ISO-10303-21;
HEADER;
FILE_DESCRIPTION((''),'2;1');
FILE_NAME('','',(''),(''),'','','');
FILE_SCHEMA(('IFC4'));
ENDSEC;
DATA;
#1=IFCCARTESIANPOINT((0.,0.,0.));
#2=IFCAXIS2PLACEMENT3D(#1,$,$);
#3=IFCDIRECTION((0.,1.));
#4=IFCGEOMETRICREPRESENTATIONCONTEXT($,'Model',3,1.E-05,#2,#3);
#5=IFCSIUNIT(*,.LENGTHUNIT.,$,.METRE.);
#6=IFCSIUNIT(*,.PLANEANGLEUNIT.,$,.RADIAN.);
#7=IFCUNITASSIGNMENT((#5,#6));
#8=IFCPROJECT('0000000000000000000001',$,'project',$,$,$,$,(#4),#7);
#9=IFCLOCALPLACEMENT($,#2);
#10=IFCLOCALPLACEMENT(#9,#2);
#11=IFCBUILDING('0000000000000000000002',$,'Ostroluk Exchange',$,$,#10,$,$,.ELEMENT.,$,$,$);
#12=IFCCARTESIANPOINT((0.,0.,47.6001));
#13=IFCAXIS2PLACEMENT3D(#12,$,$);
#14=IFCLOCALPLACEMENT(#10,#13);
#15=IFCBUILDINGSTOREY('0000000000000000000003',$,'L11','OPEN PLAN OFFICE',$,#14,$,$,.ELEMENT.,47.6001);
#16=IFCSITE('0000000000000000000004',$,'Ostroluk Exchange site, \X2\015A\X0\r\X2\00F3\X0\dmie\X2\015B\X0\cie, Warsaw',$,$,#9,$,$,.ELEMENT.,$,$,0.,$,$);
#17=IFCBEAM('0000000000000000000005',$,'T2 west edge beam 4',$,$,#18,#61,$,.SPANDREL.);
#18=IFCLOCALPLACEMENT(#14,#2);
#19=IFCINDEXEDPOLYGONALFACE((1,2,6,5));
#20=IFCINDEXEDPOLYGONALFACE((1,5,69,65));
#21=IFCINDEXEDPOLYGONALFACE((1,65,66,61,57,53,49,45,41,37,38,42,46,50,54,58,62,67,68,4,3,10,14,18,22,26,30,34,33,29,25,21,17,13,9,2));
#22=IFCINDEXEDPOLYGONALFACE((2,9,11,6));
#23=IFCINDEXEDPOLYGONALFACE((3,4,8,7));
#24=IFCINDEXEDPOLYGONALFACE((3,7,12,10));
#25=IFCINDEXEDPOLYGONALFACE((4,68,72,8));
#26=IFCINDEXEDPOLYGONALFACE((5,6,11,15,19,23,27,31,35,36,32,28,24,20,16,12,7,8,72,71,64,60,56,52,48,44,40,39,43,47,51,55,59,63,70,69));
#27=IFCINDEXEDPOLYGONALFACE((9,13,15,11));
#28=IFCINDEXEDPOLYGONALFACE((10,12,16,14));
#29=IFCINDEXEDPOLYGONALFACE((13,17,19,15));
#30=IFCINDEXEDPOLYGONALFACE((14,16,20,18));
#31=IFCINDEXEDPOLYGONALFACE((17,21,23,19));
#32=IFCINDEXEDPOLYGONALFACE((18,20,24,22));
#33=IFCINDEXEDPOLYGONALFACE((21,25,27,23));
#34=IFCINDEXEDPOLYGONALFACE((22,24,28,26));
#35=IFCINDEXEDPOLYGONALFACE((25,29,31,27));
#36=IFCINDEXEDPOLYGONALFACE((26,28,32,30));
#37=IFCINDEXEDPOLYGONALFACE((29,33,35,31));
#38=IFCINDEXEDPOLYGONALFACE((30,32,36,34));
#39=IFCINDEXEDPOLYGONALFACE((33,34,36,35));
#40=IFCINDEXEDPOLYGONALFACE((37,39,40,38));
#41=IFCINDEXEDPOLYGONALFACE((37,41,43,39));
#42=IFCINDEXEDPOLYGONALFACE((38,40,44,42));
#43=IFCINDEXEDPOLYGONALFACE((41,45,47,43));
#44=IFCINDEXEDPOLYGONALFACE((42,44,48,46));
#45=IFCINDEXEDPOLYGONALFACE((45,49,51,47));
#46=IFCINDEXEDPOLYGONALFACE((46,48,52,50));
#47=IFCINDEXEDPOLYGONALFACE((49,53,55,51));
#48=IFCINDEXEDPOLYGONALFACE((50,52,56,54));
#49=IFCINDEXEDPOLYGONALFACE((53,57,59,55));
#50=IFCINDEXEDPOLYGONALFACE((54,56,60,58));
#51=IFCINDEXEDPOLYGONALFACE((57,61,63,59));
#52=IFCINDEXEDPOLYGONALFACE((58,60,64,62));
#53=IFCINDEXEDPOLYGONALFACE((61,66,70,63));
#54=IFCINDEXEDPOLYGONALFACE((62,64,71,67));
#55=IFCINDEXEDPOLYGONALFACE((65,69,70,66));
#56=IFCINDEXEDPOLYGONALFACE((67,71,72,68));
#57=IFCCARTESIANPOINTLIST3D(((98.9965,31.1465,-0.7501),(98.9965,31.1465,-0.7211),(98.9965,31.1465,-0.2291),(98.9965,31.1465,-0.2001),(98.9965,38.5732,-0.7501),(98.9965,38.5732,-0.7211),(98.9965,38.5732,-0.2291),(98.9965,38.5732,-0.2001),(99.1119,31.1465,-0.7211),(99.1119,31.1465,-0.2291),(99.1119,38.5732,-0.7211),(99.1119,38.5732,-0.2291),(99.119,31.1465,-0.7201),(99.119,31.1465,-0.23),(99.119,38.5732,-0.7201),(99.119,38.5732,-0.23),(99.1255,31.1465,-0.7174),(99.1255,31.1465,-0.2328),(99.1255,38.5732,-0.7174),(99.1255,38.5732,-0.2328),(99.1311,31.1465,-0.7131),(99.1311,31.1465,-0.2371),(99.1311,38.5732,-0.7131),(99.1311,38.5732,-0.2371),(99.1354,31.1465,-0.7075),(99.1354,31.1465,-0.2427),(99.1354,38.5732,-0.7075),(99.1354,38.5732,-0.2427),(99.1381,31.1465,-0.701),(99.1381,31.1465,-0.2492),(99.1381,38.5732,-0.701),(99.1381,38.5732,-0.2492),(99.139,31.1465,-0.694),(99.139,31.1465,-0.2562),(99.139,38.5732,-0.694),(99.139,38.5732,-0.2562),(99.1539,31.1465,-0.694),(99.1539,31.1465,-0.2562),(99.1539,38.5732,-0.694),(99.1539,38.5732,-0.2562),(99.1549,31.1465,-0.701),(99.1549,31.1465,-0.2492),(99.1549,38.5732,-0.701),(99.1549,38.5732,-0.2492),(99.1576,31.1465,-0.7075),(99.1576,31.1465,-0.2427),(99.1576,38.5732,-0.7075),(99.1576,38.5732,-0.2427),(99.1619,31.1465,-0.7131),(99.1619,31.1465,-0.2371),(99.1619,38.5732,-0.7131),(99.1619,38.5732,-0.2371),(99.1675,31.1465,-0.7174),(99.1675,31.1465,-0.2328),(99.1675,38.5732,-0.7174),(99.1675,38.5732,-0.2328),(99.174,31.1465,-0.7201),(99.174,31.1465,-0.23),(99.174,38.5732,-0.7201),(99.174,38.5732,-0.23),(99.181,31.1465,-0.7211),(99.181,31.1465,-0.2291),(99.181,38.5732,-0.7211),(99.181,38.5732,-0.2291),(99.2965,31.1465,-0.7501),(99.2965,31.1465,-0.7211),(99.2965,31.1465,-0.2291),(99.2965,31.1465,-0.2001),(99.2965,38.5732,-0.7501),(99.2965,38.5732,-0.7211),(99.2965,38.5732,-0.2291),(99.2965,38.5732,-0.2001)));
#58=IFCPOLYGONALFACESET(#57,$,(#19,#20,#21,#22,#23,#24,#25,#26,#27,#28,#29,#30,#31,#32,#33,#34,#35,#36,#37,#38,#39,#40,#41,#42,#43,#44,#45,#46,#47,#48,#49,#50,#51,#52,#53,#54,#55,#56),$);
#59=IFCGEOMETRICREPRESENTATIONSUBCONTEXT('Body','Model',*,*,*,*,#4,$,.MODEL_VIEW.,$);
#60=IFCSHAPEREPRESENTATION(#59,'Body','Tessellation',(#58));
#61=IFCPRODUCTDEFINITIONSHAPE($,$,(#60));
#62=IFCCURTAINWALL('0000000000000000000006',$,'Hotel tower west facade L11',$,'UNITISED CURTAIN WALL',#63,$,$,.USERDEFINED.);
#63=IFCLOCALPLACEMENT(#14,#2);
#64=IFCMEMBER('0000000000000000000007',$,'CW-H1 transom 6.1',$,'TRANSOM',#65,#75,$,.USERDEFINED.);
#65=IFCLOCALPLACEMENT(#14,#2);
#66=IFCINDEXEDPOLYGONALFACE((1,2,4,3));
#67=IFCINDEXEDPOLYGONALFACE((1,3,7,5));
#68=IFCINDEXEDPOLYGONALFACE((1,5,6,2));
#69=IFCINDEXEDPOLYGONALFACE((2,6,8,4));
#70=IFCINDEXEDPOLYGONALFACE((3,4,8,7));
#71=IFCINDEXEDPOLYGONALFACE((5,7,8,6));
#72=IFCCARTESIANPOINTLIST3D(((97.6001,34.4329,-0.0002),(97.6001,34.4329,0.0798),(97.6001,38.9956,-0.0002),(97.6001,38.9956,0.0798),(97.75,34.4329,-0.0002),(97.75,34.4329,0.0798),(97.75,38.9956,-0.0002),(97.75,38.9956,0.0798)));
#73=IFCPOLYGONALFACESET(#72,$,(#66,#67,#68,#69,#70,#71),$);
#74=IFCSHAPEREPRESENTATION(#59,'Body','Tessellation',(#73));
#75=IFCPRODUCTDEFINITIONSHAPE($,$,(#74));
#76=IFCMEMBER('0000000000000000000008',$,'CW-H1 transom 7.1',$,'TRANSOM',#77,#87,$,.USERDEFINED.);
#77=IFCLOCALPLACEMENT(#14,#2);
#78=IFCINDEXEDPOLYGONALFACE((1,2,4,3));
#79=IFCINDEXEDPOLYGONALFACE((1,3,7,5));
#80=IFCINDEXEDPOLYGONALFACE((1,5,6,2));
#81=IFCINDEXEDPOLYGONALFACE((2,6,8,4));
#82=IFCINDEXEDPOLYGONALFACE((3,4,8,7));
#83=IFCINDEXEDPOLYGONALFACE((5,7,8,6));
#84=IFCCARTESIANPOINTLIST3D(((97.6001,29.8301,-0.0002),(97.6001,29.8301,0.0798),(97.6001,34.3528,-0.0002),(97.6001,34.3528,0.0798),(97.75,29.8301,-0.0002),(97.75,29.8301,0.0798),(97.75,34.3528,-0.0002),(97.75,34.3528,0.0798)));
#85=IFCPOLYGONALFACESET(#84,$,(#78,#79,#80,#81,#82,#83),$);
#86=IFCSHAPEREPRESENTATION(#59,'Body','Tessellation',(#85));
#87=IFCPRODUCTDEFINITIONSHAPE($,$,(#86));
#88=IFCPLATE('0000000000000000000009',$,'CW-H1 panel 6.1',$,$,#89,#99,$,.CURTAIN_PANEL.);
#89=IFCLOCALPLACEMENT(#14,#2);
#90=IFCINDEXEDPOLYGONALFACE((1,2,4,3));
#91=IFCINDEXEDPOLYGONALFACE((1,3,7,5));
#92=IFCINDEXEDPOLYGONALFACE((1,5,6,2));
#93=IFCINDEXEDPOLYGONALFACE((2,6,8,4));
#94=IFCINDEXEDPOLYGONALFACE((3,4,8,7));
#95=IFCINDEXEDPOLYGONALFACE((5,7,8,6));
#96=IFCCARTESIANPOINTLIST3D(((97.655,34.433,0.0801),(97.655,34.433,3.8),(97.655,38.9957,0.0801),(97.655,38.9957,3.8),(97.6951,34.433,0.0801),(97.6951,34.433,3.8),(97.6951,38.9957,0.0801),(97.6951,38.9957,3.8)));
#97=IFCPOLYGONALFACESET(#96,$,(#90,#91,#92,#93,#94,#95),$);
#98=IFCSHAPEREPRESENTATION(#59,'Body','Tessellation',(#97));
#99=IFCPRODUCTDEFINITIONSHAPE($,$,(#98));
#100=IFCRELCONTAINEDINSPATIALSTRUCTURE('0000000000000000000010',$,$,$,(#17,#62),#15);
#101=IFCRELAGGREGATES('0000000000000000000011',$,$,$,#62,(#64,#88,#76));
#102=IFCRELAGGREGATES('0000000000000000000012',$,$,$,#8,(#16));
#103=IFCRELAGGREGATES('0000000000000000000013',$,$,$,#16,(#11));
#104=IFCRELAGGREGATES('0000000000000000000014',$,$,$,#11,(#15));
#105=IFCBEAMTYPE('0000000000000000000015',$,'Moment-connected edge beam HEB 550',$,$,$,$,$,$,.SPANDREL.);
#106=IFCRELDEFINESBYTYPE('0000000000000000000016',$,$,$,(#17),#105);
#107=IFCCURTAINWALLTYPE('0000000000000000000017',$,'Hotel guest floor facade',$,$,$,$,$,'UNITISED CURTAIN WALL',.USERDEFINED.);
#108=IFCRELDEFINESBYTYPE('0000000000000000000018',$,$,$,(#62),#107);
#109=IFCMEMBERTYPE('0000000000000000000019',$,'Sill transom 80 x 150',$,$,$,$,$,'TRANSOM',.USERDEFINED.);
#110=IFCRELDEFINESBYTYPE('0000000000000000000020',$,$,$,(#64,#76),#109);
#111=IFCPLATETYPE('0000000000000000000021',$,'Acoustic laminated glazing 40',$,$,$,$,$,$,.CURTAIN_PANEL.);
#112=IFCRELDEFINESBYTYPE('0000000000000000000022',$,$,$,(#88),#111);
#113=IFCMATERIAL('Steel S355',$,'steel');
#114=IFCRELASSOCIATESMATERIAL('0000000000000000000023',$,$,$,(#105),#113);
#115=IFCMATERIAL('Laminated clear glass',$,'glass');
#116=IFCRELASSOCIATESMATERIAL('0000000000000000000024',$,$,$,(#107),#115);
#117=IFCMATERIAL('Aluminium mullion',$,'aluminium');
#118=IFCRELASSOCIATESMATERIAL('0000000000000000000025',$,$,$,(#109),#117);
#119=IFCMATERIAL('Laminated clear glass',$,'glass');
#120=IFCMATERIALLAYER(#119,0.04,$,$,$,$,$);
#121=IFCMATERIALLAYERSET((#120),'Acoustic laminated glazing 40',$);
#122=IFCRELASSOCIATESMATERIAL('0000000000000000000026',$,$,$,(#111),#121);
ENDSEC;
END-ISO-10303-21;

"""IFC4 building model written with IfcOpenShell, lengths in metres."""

from ifc_helpers import new_model, si_unit, direction, frame, origin, origin_2d, place, context, subcontext, project, spatial, rectangle, i_section, extrude, material, layer, layer_set, material_profile, profile_set, type_object, element, aggregate, save


model = new_model("IFC4")

# Units and contexts
model_context = context("Model", 3, precision=1e-05, world=origin(), true_north=direction((0.0, 1.0)))
body_context = subcontext(model_context, "Body", "Model", "MODEL_VIEW")
ifc_project = project(units=[si_unit("LENGTHUNIT", "METRE"), si_unit("PLANEANGLEUNIT", "RADIAN")], contexts=[model_context])

# Site, building, storey
site_placement = place(None, origin())
site = spatial("IfcSite", under=ifc_project, at=site_placement, Name="Ostroluk Exchange site, Śródmieście, Warsaw", CompositionType="ELEMENT", RefElevation=0.0)
building_placement = place(site_placement, origin())
building = spatial("IfcBuilding", under=site, at=building_placement, Name="Ostroluk Exchange", CompositionType="ELEMENT")
storey_placement = place(building_placement, frame((0.0, 0.0, 47.6001)))
storey = spatial("IfcBuildingStorey", under=building, at=storey_placement, Name="L11", Description="OPEN PLAN OFFICE", CompositionType="ELEMENT", Elevation=47.6001)

# Beam
ifc_material_1 = material(Name="Steel S355", Category="steel")
ifc_material_profile_1 = material_profile(ifc_material_1, i_section(OverallWidth=0.3, OverallDepth=0.55, WebThickness=0.0149, FlangeThickness=0.0291, FilletRadius=0.0271, at=origin_2d()), Name="HEB 550")
ifc_profile_set_1 = profile_set([ifc_material_profile_1], Name="Steel S355")
beam_type_1 = type_object("IfcBeamType", Name="Moment-connected edge beam HEB 550", PredefinedType="SPANDREL", material=ifc_profile_set_1)
beam_1_placement = place(storey_placement, frame((99.1465, 38.5732, -0.4751), z_axis=(0.0, -1.0, 0.0), x_axis=(1.0, 0.0, 0.0)))
element("IfcBeam", 1, at=beam_1_placement, inside=storey, type_object=beam_type_1, Name="T2 west edge beam 4", PredefinedType="SPANDREL", context=body_context, shape_type="SweptSolid", body=[
    extrude(i_section(OverallWidth=0.3, OverallDepth=0.55, WebThickness=0.0149, FlangeThickness=0.0291, FilletRadius=0.0271, at=origin_2d()), origin(), (0.0, 0.0, 1.0), 7.4268),
])

# Curtain wall, members, plate
ifc_material_2 = material(Name="Laminated clear glass", Category="glass")
curtain_wall_type = type_object("IfcCurtainWallType", Name="Hotel guest floor facade", ElementType="UNITISED CURTAIN WALL", PredefinedType="USERDEFINED", material=ifc_material_2)
curtain_wall_placement = place(storey_placement, origin())
curtain_wall = element("IfcCurtainWall", 2, at=curtain_wall_placement, inside=storey, type_object=curtain_wall_type, Name="Hotel tower west facade L11", ObjectType="UNITISED CURTAIN WALL", PredefinedType="USERDEFINED")
ifc_material_3 = material(Name="Aluminium mullion", Category="aluminium")
ifc_material_profile_2 = material_profile(ifc_material_3, rectangle(XDim=0.1499, YDim=0.0801, at=origin_2d()), Name="Sill transom 80 x 150")
ifc_profile_set_2 = profile_set([ifc_material_profile_2], Name="Aluminium mullion")
member_type = type_object("IfcMemberType", Name="Sill transom 80 x 150", ElementType="TRANSOM", PredefinedType="USERDEFINED", material=ifc_profile_set_2)
member_1_placement = place(storey_placement, frame((97.675, 38.9956, 0.0398), z_axis=(0.0, -1.0, 0.0), x_axis=(1.0, 0.0, 0.0)))
member_1 = element("IfcMember", 3, at=member_1_placement, type_object=member_type, Name="CW-H1 transom 6.1", ObjectType="TRANSOM", PredefinedType="USERDEFINED", context=body_context, shape_type="SweptSolid", body=[
    extrude(rectangle(XDim=0.1499, YDim=0.0801, at=origin_2d()), origin(), (0.0, 0.0, 1.0), 4.5627),
])
member_2_placement = place(storey_placement, frame((97.675, 34.3528, 0.0398), z_axis=(0.0, -1.0, 0.0), x_axis=(1.0, 0.0, 0.0)))
member_2 = element("IfcMember", 4, at=member_2_placement, type_object=member_type, Name="CW-H1 transom 7.1", ObjectType="TRANSOM", PredefinedType="USERDEFINED", context=body_context, shape_type="SweptSolid", body=[
    extrude(rectangle(XDim=0.1499, YDim=0.0801, at=origin_2d()), origin(), (0.0, 0.0, 1.0), 4.5227),
])
ifc_material_4 = material(Name="Laminated clear glass", Category="glass")
ifc_layer_1 = layer(ifc_material_4, 0.04)
ifc_layer_set_1 = layer_set([ifc_layer_1], Name="Acoustic laminated glazing 40")
plate_type = type_object("IfcPlateType", Name="Acoustic laminated glazing 40", PredefinedType="CURTAIN_PANEL", material=ifc_layer_set_1)
plate_placement = place(storey_placement, frame((97.675, 36.7144, 0.0801), z_axis=(0.0, 0.0, 1.0), x_axis=(0.0, -1.0, 0.0)))
plate = element("IfcPlate", 5, at=plate_placement, type_object=plate_type, Name="CW-H1 panel 6.1", PredefinedType="CURTAIN_PANEL", context=body_context, shape_type="SweptSolid", body=[
    extrude(rectangle(XDim=4.5627, YDim=0.04, at=origin_2d()), origin(), (0.0, 0.0, 1.0), 3.72),
])
aggregate(curtain_wall, [member_1, plate, member_2])

save(model, "model.ifc")
